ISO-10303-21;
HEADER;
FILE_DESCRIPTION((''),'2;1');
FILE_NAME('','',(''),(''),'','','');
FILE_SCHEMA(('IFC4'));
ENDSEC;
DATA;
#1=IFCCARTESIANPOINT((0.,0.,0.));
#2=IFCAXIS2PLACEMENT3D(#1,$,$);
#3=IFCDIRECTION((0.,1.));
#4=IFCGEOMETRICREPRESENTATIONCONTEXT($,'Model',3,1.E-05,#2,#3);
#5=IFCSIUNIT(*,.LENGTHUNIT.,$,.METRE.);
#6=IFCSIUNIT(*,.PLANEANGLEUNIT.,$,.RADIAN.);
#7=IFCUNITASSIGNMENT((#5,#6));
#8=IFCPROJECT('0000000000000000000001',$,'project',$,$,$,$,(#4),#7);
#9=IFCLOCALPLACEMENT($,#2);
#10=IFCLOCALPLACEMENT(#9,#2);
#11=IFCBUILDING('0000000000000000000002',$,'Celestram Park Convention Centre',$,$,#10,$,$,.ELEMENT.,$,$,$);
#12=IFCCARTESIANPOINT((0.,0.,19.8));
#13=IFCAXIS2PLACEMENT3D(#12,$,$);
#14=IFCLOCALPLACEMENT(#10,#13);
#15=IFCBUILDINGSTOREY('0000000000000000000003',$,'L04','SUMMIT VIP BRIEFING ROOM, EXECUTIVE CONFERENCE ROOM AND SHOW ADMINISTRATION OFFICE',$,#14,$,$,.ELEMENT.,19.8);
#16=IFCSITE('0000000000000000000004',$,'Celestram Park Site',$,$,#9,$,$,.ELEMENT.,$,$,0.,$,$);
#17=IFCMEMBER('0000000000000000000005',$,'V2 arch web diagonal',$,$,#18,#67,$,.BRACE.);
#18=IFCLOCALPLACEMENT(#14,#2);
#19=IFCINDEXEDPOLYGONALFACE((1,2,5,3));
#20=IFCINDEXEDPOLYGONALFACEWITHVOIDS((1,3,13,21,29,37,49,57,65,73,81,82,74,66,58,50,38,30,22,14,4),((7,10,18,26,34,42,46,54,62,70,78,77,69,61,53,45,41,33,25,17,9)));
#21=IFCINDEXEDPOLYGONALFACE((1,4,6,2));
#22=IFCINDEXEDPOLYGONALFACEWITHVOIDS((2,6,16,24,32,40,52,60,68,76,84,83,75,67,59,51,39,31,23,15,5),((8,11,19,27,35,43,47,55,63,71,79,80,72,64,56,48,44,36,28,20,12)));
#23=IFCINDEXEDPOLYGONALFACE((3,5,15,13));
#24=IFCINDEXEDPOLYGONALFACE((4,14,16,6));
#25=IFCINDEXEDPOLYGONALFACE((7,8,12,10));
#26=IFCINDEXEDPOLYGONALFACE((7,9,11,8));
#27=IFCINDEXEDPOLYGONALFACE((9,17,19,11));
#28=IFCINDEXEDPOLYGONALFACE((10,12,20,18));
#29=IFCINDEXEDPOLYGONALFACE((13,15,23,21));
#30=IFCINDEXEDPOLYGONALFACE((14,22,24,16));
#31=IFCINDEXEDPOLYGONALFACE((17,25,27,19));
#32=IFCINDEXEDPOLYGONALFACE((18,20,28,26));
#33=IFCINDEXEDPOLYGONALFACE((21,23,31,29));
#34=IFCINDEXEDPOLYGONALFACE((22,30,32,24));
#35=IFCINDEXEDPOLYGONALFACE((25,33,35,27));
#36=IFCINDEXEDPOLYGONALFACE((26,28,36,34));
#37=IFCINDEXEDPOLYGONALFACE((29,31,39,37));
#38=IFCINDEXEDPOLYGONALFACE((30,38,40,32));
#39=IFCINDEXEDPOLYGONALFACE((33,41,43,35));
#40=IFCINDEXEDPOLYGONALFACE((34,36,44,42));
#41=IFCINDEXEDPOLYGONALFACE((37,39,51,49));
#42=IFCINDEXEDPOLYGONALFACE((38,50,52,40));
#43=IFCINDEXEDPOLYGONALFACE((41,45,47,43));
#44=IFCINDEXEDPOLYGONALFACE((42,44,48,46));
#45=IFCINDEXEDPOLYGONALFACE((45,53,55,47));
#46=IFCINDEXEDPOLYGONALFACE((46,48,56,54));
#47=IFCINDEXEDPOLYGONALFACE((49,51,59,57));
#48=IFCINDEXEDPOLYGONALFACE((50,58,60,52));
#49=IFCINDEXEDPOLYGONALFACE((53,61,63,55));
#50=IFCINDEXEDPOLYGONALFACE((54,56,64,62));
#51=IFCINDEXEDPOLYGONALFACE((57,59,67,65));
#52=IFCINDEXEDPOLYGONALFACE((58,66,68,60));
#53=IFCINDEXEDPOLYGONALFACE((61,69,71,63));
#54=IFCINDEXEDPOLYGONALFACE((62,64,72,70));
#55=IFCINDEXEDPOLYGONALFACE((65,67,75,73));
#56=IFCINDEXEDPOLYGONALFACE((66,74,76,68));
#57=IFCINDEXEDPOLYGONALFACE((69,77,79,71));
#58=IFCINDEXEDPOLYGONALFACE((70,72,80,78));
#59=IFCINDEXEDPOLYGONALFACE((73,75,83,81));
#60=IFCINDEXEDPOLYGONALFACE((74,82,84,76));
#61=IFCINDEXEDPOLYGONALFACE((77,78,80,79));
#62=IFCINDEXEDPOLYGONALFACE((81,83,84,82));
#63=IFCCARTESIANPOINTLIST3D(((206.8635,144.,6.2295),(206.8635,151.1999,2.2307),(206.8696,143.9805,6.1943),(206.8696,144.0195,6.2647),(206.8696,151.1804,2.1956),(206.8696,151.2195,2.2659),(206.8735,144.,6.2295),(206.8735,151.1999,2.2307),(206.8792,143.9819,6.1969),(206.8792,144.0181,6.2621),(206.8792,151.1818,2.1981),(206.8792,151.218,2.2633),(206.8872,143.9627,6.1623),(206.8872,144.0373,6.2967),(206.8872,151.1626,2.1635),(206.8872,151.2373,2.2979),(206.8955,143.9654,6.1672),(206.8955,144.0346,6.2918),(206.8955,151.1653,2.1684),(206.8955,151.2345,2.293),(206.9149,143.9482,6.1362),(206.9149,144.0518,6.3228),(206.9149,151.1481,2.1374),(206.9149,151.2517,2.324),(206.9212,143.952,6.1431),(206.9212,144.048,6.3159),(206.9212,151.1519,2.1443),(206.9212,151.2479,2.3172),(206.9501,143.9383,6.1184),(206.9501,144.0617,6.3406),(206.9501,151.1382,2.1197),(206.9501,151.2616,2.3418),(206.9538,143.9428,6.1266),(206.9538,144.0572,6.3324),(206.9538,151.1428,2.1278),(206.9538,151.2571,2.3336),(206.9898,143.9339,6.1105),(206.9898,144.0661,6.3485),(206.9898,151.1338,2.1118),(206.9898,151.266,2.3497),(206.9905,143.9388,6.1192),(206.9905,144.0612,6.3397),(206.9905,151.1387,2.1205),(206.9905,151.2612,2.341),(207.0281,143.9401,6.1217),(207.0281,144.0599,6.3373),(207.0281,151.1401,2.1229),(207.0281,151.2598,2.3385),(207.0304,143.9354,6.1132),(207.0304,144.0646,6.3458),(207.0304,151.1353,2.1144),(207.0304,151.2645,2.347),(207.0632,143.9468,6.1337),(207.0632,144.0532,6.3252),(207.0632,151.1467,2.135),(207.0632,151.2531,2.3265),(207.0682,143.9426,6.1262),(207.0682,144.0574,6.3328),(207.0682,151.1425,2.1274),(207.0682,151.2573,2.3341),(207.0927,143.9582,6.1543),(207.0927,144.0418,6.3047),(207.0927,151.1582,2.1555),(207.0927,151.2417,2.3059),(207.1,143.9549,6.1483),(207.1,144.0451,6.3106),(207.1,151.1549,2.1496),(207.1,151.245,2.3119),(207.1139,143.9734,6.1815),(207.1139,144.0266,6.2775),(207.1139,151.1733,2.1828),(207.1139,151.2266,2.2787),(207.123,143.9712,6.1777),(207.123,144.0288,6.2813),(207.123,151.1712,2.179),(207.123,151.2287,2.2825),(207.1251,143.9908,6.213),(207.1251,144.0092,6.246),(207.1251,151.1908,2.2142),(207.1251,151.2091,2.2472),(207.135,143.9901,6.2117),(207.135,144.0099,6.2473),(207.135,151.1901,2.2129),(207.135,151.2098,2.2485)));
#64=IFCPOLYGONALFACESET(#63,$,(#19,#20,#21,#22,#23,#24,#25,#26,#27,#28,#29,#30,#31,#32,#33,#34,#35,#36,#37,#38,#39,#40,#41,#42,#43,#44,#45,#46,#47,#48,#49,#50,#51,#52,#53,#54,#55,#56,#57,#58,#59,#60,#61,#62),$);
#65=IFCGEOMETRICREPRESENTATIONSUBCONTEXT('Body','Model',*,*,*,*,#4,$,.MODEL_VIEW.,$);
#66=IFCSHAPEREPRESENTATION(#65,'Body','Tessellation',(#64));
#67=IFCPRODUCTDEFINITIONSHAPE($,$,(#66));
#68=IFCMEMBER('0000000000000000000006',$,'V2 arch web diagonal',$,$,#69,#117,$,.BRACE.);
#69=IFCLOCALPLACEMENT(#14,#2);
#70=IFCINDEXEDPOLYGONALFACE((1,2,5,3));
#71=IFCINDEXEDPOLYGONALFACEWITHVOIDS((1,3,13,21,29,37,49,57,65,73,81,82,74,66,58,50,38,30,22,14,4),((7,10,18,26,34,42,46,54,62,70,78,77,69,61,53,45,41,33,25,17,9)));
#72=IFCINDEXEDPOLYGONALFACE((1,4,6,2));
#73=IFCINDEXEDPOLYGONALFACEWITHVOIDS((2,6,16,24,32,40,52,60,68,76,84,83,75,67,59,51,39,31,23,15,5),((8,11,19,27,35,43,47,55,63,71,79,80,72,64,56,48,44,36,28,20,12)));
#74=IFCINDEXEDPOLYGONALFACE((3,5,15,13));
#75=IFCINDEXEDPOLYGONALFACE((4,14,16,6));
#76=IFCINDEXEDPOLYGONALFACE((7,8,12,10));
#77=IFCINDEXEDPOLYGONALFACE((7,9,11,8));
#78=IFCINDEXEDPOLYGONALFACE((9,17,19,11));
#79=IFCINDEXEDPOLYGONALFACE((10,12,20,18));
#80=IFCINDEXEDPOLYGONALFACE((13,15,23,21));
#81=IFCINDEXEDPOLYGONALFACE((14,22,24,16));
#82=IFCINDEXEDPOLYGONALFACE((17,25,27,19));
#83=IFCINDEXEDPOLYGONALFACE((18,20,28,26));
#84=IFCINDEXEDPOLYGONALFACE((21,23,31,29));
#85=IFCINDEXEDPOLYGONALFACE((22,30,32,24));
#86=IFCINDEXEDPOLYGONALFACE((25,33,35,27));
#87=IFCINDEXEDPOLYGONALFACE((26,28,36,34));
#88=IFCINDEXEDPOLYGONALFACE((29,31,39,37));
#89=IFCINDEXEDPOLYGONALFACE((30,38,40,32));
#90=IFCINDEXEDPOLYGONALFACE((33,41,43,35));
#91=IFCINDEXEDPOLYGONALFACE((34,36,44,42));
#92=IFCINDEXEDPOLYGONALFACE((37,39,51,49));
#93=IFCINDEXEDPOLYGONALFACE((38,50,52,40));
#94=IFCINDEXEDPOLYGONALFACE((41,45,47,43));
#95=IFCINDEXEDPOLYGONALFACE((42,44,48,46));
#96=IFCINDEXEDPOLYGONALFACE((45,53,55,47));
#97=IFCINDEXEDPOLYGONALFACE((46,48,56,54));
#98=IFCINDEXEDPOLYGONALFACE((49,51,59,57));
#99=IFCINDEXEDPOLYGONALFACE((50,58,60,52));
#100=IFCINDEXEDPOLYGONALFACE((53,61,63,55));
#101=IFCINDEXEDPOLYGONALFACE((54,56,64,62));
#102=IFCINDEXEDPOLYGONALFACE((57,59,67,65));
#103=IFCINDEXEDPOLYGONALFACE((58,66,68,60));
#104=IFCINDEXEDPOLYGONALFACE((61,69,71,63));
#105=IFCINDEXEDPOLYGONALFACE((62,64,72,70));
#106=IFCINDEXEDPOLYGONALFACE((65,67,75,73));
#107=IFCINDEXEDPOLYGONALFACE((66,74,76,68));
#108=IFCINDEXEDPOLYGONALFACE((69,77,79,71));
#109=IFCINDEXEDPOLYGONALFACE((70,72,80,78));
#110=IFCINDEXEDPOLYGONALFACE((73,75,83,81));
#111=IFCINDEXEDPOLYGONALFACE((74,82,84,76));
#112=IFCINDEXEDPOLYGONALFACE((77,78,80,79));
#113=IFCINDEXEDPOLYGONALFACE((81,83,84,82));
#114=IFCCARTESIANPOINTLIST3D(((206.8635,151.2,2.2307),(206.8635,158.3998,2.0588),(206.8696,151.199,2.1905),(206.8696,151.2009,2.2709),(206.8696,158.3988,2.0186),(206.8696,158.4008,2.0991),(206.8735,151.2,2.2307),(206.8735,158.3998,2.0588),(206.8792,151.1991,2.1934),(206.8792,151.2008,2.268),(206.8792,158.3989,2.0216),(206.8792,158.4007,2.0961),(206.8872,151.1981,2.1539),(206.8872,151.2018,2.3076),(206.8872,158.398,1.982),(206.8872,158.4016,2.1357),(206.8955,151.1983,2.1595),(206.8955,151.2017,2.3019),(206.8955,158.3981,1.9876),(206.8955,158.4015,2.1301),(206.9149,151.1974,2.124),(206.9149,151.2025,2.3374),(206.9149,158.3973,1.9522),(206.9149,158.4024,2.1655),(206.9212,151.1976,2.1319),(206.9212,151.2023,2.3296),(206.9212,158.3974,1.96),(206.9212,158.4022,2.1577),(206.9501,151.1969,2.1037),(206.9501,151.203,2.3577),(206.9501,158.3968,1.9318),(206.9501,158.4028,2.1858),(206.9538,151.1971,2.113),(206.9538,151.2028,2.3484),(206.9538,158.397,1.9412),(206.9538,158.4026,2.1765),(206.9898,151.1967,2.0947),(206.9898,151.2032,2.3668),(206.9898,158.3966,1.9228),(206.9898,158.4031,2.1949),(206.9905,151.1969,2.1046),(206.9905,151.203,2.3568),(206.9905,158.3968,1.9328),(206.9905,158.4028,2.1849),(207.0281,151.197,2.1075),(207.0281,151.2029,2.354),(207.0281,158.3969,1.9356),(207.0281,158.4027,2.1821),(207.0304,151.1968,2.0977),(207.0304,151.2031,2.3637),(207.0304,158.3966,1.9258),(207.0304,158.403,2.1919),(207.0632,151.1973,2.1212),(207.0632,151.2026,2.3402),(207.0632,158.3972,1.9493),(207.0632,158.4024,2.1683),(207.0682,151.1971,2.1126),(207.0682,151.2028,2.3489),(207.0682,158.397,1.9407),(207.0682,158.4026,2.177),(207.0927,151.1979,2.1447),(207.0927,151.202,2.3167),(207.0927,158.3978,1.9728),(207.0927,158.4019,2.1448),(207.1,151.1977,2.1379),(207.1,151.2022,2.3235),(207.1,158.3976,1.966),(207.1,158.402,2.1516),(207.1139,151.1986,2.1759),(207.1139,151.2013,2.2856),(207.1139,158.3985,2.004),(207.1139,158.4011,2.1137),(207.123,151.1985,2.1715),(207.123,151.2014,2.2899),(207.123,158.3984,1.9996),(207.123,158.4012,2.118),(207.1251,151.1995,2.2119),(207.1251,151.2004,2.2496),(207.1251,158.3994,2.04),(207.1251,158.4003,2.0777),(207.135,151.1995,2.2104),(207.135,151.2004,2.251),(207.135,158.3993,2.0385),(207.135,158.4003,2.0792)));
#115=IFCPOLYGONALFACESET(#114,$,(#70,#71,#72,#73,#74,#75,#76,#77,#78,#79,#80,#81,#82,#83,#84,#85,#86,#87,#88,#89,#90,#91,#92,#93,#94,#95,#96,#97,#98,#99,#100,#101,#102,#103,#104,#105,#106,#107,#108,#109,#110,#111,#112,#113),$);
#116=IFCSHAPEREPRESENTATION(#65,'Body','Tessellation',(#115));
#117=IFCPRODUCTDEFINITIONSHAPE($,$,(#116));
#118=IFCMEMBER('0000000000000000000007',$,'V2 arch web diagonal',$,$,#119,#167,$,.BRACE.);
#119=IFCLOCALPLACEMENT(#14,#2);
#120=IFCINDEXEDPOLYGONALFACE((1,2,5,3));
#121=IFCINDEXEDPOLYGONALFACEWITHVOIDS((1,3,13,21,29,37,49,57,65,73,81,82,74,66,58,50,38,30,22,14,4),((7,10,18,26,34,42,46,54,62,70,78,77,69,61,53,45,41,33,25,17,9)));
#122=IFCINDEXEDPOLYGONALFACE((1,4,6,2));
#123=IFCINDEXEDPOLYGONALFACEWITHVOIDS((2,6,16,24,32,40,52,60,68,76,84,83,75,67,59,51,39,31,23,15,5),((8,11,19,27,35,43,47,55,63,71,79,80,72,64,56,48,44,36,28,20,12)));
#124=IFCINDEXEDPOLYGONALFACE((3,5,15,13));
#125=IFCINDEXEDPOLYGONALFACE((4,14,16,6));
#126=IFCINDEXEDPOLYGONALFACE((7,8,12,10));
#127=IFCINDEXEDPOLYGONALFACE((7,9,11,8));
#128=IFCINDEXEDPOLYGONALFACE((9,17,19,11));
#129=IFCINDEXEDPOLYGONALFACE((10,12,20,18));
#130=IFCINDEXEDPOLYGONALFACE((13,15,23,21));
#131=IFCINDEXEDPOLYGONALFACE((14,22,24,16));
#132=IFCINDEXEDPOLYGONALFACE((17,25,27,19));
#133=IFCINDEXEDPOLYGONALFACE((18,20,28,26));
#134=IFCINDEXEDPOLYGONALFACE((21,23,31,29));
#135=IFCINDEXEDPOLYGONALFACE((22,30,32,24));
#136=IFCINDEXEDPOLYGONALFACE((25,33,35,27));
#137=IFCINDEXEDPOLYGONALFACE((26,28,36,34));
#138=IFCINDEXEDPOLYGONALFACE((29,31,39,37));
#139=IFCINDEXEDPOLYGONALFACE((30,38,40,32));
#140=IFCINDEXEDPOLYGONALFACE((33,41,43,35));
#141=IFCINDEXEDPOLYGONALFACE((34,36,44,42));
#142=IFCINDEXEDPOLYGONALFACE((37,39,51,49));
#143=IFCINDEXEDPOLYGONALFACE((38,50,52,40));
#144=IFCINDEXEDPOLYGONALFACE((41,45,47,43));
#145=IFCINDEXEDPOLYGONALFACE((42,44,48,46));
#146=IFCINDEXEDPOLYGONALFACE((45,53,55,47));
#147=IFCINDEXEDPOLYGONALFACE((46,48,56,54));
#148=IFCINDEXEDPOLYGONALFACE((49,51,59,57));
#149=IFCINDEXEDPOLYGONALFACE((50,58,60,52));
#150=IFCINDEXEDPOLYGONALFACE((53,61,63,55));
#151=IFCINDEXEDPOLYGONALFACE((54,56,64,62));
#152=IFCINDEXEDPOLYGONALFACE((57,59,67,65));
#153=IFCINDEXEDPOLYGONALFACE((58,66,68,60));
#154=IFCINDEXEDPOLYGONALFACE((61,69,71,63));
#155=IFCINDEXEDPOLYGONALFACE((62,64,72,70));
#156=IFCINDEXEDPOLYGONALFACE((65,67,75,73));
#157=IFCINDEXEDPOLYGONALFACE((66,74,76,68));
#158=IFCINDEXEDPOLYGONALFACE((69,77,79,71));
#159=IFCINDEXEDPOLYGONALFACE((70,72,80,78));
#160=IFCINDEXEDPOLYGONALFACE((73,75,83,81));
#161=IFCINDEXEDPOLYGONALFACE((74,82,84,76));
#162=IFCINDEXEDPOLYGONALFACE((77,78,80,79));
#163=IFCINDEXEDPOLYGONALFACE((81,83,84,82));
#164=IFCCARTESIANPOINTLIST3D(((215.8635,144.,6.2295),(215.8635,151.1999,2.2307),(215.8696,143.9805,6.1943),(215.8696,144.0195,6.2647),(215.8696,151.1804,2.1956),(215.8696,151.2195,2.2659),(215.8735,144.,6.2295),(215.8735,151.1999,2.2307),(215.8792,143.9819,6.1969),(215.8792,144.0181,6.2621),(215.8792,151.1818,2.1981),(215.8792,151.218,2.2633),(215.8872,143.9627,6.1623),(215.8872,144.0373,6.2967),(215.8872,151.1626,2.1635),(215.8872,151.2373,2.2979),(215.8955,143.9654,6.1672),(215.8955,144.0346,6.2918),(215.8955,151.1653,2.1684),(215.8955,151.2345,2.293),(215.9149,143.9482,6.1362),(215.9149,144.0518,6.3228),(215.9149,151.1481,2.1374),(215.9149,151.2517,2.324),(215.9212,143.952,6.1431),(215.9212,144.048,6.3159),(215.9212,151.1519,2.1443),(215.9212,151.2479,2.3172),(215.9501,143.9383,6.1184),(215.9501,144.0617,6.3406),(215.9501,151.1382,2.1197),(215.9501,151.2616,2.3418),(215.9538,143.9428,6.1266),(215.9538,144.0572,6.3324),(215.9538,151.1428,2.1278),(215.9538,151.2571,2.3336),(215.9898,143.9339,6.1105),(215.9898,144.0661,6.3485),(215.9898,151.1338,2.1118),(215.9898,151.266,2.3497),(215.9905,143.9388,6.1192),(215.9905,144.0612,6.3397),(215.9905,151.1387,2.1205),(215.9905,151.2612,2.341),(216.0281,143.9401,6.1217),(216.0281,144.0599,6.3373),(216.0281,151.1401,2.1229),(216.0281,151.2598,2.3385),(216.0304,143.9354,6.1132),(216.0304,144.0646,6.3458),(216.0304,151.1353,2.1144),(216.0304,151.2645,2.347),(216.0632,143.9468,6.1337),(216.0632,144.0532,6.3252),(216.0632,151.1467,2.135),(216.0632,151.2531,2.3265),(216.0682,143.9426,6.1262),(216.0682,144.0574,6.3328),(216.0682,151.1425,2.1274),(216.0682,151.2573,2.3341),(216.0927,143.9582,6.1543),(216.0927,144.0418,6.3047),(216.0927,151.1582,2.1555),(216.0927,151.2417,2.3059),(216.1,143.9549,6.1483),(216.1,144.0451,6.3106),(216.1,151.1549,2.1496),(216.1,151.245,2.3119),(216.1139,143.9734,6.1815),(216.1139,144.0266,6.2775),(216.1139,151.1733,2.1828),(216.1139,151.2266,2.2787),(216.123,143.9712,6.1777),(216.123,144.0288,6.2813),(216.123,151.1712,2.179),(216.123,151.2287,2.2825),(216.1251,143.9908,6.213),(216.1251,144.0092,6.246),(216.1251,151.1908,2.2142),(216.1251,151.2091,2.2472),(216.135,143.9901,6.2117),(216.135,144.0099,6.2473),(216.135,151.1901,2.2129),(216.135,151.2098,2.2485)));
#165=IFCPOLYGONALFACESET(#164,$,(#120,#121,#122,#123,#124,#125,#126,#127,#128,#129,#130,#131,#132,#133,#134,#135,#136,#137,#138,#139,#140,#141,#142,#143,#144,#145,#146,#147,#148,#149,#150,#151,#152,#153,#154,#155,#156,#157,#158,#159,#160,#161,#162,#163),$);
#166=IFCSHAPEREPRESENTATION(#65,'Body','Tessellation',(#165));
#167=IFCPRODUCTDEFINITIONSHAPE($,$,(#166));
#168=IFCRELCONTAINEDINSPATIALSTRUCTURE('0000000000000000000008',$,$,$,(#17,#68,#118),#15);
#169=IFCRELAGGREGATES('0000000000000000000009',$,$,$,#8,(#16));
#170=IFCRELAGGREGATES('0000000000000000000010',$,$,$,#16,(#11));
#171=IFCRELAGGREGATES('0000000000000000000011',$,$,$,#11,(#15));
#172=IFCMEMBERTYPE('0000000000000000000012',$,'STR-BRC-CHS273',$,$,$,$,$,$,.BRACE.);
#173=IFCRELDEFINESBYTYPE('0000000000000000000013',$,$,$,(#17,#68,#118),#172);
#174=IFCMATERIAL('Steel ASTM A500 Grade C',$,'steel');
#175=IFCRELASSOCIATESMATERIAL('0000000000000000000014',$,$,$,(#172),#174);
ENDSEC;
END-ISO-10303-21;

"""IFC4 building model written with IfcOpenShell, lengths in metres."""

from ifc_helpers import new_model, si_unit, direction, frame, origin, origin_2d, place, context, subcontext, project, spatial, hollow_circle, extrude, material, material_profile, profile_set, type_object, element, save


model = new_model("IFC4")

# Units and contexts
model_context = context("Model", 3, precision=1e-05, world=origin(), true_north=direction((0.0, 1.0)))
body_context = subcontext(model_context, "Body", "Model", "MODEL_VIEW")
ifc_project = project(units=[si_unit("LENGTHUNIT", "METRE"), si_unit("PLANEANGLEUNIT", "RADIAN")], contexts=[model_context])

# Site, building, storey
site_placement = place(None, origin())
site = spatial("IfcSite", under=ifc_project, at=site_placement, Name="Celestram Park Site", CompositionType="ELEMENT", RefElevation=0.0)
building_placement = place(site_placement, origin())
building = spatial("IfcBuilding", under=site, at=building_placement, Name="Celestram Park Convention Centre", CompositionType="ELEMENT")
storey_placement = place(building_placement, frame((0.0, 0.0, 19.8)))
storey = spatial("IfcBuildingStorey", under=building, at=storey_placement, Name="L04", Description="SUMMIT VIP BRIEFING ROOM, EXECUTIVE CONFERENCE ROOM AND SHOW ADMINISTRATION OFFICE", CompositionType="ELEMENT", Elevation=19.8)

# Members
ifc_material_1 = material(Name="Steel ASTM A500 Grade C", Category="steel")
ifc_material_profile_1 = material_profile(ifc_material_1, hollow_circle(Radius=0.1365, WallThickness=0.01, at=origin_2d()), Name="CHS273X10")
ifc_profile_set_1 = profile_set([ifc_material_profile_1], Name="Steel ASTM A500 Grade C")
member_type_1 = type_object("IfcMemberType", Name="STR-BRC-CHS273", PredefinedType="BRACE", material=ifc_profile_set_1)
member_1_placement = place(storey_placement, frame((207.0, 144.0, 6.2295), z_axis=(0.0, 0.874219, -0.485532), x_axis=(-1.0, 0.0, 0.0)))
element("IfcMember", 1, at=member_1_placement, inside=storey, type_object=member_type_1, Name="V2 arch web diagonal", PredefinedType="BRACE", context=body_context, shape_type="SweptSolid", body=[
    extrude(hollow_circle(Radius=0.1365, WallThickness=0.01, at=origin_2d()), origin(), (0.0, 0.0, 1.0), 8.2358),
])
member_2_placement = place(storey_placement, frame((207.0, 151.2, 2.2307), z_axis=(0.0, 0.999715, -0.023865), x_axis=(-1.0, 0.0, 0.0)))
element("IfcMember", 2, at=member_2_placement, inside=storey, type_object=member_type_1, Name="V2 arch web diagonal", PredefinedType="BRACE", context=body_context, shape_type="SweptSolid", body=[
    extrude(hollow_circle(Radius=0.1365, WallThickness=0.01, at=origin_2d()), origin(), (0.0, 0.0, 1.0), 7.2019),
])
member_3_placement = place(storey_placement, frame((216.0, 144.0, 6.2295), z_axis=(0.0, 0.874219, -0.485532), x_axis=(-1.0, 0.0, 0.0)))
element("IfcMember", 3, at=member_3_placement, inside=storey, type_object=member_type_1, Name="V2 arch web diagonal", PredefinedType="BRACE", context=body_context, shape_type="SweptSolid", body=[
    extrude(hollow_circle(Radius=0.1365, WallThickness=0.01, at=origin_2d()), origin(), (0.0, 0.0, 1.0), 8.2358),
])

save(model, "model.ifc")
